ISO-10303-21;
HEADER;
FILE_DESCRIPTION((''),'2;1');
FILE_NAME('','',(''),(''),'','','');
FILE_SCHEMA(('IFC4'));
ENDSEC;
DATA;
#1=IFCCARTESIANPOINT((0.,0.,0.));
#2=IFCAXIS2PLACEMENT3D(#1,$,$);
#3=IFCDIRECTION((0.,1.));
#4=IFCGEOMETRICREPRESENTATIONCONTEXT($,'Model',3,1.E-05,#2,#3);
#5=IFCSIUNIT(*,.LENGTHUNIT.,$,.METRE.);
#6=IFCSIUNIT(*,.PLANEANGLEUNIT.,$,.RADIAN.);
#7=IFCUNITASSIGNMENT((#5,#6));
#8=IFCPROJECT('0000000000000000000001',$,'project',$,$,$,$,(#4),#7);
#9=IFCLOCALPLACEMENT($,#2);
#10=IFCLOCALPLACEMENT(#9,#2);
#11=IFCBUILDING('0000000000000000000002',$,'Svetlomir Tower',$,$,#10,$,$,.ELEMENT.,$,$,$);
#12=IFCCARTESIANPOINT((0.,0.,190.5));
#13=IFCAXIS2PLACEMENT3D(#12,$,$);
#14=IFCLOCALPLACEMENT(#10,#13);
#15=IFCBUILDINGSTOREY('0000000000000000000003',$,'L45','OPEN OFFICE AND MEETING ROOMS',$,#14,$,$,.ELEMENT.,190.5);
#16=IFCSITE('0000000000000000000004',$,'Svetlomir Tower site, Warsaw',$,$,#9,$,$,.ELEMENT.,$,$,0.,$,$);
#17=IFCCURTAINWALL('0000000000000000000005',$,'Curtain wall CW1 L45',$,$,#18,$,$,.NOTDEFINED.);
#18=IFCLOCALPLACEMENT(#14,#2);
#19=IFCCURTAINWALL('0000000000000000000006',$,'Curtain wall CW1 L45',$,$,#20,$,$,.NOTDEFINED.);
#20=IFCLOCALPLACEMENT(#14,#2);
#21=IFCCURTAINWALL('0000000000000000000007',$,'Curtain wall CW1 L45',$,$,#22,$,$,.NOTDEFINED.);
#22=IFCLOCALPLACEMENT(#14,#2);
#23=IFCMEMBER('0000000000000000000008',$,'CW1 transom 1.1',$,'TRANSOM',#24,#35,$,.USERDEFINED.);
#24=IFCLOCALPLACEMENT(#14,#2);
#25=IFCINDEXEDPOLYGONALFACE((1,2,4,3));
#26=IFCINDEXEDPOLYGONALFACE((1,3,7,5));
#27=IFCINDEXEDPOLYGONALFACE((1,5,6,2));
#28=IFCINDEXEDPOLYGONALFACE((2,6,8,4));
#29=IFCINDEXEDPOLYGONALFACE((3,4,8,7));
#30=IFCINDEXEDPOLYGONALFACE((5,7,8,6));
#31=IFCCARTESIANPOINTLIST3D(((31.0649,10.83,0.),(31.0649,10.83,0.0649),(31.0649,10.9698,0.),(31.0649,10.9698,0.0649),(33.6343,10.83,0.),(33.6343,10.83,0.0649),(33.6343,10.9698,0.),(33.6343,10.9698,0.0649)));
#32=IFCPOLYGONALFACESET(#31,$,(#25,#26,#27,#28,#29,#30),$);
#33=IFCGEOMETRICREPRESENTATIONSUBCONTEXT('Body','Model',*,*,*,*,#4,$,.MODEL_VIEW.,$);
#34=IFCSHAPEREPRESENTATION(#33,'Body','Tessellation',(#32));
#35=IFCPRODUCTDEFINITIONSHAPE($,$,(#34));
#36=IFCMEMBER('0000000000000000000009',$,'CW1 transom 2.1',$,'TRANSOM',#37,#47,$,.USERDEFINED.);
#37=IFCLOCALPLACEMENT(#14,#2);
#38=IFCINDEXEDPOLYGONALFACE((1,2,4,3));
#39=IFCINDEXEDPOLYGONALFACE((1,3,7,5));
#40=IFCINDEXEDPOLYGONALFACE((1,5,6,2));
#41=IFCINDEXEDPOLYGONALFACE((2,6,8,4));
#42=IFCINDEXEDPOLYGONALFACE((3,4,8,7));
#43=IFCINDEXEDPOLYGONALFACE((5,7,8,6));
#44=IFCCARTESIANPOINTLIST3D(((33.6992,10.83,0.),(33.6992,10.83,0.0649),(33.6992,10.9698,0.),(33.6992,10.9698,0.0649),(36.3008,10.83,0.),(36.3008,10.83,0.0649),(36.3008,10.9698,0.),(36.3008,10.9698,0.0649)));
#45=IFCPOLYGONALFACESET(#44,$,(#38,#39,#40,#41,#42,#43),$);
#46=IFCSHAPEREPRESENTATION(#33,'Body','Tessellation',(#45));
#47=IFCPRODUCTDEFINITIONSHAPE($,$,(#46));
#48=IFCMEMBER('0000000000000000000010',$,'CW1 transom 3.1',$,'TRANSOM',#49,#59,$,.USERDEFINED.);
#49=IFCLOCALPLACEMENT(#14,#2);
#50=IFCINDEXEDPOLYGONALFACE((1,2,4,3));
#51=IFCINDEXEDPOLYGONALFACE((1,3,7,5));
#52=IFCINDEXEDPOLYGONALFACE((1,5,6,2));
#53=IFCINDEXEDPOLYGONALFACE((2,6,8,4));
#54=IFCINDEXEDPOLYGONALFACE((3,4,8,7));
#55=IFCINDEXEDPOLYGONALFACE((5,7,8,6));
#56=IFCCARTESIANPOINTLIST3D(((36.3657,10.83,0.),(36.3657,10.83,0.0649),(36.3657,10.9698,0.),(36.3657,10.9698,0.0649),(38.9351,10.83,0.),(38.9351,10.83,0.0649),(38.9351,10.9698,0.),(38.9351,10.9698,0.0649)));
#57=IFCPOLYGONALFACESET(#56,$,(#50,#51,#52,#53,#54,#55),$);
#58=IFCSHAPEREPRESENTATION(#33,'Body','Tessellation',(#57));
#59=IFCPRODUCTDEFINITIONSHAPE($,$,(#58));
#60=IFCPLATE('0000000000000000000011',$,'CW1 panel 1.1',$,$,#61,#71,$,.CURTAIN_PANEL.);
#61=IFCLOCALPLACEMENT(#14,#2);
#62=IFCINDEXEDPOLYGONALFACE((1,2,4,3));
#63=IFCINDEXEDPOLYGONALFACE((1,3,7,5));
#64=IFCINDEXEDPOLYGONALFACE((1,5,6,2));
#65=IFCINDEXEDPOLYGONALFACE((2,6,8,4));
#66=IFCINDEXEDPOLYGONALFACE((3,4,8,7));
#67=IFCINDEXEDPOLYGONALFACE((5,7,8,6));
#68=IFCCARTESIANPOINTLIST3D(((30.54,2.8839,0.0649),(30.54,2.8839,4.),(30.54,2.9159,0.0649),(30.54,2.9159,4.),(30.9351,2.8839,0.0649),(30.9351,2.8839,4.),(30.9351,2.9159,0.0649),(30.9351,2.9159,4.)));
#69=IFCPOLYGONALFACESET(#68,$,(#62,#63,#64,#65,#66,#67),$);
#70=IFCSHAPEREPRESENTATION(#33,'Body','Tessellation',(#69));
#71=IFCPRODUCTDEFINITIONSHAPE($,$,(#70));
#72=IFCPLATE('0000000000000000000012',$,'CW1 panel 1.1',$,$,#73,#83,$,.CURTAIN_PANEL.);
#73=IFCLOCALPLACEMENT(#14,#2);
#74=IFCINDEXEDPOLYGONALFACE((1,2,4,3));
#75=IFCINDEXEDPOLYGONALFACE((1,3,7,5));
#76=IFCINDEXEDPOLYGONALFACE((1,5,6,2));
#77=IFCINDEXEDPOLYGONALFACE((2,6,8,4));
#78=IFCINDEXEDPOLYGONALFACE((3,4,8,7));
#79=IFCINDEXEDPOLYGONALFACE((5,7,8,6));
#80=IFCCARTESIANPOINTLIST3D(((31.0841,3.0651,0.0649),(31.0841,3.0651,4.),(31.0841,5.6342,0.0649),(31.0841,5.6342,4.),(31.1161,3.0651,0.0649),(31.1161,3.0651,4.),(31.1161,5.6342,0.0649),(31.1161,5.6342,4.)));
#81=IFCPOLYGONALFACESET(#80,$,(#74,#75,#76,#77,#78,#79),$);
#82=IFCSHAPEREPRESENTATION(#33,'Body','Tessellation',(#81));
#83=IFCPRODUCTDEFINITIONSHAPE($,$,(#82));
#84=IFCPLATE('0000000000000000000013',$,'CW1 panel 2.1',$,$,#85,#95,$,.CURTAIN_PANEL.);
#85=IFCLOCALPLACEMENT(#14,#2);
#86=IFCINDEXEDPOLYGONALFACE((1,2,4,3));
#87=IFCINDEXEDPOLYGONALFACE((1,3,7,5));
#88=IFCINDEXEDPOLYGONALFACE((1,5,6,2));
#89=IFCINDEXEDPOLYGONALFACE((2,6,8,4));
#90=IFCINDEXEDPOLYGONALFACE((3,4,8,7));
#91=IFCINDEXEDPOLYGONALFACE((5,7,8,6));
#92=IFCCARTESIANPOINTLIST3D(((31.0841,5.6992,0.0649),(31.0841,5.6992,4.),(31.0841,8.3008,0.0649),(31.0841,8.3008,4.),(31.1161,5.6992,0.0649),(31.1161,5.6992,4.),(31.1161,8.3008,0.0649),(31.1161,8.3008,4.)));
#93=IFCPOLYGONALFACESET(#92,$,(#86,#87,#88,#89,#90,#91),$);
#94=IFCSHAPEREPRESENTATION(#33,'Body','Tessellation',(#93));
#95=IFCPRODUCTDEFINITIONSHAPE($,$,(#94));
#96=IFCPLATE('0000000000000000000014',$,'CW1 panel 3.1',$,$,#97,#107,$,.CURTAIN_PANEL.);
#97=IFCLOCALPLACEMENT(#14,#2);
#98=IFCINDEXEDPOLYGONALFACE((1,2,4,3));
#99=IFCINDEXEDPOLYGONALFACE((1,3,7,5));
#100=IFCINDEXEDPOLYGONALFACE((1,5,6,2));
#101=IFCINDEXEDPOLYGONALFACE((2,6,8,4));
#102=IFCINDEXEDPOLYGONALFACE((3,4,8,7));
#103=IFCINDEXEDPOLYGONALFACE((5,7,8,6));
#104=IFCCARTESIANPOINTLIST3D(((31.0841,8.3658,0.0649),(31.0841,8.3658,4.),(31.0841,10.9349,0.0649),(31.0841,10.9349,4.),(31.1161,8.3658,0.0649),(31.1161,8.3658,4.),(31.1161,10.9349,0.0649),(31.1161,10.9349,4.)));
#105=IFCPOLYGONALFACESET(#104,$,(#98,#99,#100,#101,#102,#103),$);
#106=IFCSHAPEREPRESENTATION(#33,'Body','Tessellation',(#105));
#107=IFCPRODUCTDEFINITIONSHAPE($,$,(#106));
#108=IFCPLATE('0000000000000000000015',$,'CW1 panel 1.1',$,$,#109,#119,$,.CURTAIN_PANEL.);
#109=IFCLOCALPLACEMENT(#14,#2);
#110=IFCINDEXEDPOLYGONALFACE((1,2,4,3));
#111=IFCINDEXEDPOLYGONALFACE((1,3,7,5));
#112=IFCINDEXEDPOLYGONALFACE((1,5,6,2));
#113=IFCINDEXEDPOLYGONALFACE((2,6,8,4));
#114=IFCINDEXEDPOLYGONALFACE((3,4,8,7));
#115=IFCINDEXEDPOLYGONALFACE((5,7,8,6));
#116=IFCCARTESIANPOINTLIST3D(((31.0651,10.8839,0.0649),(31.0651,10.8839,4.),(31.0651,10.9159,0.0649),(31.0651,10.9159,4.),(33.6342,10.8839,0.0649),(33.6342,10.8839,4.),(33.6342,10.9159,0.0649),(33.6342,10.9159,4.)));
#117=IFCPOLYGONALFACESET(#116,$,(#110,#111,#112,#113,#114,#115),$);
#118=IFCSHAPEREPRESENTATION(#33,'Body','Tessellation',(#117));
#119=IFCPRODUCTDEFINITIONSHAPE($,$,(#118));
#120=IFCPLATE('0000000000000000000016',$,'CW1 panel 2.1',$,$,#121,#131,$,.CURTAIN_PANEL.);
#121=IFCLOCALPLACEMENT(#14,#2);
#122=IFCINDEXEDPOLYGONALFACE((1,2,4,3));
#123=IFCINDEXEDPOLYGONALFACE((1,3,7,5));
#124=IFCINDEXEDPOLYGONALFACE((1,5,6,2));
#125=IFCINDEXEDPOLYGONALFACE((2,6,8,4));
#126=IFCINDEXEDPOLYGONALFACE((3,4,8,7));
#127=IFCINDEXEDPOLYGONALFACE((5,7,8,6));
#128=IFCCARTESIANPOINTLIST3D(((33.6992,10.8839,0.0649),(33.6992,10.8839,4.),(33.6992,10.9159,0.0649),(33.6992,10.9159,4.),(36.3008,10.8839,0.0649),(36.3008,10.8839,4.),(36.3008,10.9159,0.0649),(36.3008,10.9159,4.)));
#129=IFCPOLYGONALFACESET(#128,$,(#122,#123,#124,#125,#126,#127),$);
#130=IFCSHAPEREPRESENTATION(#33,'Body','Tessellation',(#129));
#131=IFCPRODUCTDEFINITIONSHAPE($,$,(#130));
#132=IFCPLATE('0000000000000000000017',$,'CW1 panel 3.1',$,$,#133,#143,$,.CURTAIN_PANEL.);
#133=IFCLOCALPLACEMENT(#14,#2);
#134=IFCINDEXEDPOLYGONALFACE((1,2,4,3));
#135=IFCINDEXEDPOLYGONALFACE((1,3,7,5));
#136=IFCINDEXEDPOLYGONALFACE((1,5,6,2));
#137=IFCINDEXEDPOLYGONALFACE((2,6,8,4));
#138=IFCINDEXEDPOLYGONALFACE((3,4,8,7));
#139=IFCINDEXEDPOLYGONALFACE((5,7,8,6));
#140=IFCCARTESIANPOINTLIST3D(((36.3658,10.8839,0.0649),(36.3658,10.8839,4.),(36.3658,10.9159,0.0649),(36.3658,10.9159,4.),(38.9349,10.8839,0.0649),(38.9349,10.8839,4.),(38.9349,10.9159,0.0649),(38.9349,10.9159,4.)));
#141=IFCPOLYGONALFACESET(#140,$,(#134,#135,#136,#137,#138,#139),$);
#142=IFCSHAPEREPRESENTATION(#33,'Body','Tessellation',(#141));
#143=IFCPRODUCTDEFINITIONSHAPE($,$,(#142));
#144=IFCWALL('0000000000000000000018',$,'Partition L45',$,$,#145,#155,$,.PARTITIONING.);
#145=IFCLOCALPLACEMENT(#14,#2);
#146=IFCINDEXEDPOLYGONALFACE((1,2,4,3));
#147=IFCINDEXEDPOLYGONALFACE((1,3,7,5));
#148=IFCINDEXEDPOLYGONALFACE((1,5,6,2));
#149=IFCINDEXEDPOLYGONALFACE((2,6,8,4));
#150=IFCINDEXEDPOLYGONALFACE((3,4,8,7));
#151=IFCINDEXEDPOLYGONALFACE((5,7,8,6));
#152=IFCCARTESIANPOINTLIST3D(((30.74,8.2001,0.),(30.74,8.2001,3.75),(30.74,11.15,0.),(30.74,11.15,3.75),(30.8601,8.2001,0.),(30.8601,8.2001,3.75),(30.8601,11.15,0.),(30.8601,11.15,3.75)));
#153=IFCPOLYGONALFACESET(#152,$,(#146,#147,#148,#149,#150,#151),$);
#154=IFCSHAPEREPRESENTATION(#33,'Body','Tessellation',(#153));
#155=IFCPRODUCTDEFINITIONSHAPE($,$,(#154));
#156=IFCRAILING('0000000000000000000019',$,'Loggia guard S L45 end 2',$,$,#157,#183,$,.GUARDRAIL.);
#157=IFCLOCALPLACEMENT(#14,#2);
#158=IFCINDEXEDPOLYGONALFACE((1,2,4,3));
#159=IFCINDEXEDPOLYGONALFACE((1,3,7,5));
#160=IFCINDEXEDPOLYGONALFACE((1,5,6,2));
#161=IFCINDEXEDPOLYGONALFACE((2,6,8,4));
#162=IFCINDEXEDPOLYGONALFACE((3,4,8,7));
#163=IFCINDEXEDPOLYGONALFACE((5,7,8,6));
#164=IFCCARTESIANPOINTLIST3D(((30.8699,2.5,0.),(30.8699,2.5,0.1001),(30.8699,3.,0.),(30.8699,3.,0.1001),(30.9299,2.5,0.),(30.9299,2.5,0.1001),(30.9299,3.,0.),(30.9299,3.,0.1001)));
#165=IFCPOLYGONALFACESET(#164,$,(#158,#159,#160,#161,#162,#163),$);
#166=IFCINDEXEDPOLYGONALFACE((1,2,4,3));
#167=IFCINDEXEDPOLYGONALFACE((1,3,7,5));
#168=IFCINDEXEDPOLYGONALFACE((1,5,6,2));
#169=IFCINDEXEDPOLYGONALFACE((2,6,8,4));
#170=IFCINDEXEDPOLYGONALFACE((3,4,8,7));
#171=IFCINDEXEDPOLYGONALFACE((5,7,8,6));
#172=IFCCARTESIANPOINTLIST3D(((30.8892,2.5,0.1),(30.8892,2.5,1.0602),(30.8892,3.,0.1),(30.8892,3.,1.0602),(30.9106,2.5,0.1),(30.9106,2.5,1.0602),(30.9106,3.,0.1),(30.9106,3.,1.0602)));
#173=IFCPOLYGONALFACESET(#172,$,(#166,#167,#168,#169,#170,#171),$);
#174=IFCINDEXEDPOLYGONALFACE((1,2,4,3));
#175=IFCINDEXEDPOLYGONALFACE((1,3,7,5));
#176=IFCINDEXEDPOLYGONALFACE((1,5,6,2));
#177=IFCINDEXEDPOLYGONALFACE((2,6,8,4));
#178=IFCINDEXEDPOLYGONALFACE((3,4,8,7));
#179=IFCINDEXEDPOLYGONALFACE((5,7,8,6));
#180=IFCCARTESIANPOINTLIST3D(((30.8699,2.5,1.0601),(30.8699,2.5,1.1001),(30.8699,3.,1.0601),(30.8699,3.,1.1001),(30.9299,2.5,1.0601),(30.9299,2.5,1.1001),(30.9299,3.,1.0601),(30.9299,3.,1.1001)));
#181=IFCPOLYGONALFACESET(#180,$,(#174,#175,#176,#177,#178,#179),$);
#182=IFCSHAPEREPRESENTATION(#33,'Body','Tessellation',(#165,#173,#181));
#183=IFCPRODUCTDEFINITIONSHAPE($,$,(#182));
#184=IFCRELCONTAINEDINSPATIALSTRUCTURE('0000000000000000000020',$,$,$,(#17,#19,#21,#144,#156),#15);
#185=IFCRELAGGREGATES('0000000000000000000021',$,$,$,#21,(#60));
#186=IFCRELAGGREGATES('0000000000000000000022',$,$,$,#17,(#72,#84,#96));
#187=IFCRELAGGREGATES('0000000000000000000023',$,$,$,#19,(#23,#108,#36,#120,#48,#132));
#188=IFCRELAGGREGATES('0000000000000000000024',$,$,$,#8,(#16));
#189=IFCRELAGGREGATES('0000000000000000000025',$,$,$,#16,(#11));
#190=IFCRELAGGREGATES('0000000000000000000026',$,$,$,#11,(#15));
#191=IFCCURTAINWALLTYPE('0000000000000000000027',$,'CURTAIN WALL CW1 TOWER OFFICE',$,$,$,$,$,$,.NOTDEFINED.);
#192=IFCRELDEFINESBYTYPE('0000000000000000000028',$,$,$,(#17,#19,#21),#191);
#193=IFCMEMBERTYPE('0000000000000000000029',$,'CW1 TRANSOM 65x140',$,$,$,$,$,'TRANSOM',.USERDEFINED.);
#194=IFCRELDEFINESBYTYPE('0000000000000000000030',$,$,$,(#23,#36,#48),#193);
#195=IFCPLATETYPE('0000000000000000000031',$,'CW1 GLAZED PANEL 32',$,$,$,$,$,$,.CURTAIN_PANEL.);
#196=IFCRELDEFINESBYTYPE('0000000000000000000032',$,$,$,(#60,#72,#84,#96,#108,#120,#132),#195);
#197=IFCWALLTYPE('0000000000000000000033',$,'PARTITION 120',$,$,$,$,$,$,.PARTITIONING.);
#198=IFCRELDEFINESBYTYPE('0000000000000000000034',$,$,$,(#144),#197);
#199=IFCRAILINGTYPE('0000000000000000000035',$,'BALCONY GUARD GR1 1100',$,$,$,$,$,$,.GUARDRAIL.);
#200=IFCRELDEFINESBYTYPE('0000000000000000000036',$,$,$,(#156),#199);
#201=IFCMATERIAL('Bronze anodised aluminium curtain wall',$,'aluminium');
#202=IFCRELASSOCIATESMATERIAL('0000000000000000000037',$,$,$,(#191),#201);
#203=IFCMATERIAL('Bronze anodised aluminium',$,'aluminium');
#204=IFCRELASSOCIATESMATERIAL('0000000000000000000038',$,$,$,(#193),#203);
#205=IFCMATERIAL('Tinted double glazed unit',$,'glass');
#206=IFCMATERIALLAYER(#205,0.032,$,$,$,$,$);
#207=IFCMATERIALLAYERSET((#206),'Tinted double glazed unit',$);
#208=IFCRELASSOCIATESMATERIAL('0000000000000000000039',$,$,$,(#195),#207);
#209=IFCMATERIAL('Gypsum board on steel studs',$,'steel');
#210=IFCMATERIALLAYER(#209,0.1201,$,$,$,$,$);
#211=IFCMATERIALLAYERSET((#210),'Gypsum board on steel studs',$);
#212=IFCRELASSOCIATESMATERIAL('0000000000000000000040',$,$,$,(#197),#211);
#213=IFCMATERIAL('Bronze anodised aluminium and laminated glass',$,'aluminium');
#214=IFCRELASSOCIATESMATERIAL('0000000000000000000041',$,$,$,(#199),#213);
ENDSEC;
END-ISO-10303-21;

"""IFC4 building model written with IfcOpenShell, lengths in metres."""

from ifc_helpers import new_model, si_unit, direction, frame, frame_2d, origin, origin_2d, place, context, subcontext, project, spatial, rectangle, extrude, material, layer, layer_set, material_profile, profile_set, type_object, element, aggregate, save


model = new_model("IFC4")

# Units and contexts
model_context = context("Model", 3, precision=1e-05, world=origin(), true_north=direction((0.0, 1.0)))
body_context = subcontext(model_context, "Body", "Model", "MODEL_VIEW")
ifc_project = project(units=[si_unit("LENGTHUNIT", "METRE"), si_unit("PLANEANGLEUNIT", "RADIAN")], contexts=[model_context])

# Site, building, storey
site_placement = place(None, origin())
site = spatial("IfcSite", under=ifc_project, at=site_placement, Name="Svetlomir Tower site, Warsaw", CompositionType="ELEMENT", RefElevation=0.0)
building_placement = place(site_placement, origin())
building = spatial("IfcBuilding", under=site, at=building_placement, Name="Svetlomir Tower", CompositionType="ELEMENT")
storey_placement = place(building_placement, frame((0.0, 0.0, 190.5)))
storey = spatial("IfcBuildingStorey", under=building, at=storey_placement, Name="L45", Description="OPEN OFFICE AND MEETING ROOMS", CompositionType="ELEMENT", Elevation=190.5)

# Curtain walls
ifc_material_1 = material(Name="Bronze anodised aluminium curtain wall", Category="aluminium")
curtain_wall_type = type_object("IfcCurtainWallType", Name="CURTAIN WALL CW1 TOWER OFFICE", PredefinedType="NOTDEFINED", material=ifc_material_1)
curtain_wall_1_placement = place(storey_placement, origin())
curtain_wall_1 = element("IfcCurtainWall", 1, at=curtain_wall_1_placement, inside=storey, type_object=curtain_wall_type, Name="Curtain wall CW1 L45", PredefinedType="NOTDEFINED")
curtain_wall_2_placement = place(storey_placement, origin())
curtain_wall_2 = element("IfcCurtainWall", 2, at=curtain_wall_2_placement, inside=storey, type_object=curtain_wall_type, Name="Curtain wall CW1 L45", PredefinedType="NOTDEFINED")

# Curtain wall
curtain_wall_3_placement = place(storey_placement, origin())
curtain_wall_3 = element("IfcCurtainWall", 3, at=curtain_wall_3_placement, inside=storey, type_object=curtain_wall_type, Name="Curtain wall CW1 L45", PredefinedType="NOTDEFINED")

# Members
ifc_material_2 = material(Name="Bronze anodised aluminium", Category="aluminium")
ifc_material_profile_1 = material_profile(ifc_material_2, rectangle(XDim=0.1399, YDim=0.0649, at=origin_2d()), Name="AL 140x65")
ifc_profile_set_1 = profile_set([ifc_material_profile_1], Name="Bronze anodised aluminium 6063-T6")
member_type_1 = type_object("IfcMemberType", Name="CW1 TRANSOM 65x140", ElementType="TRANSOM", PredefinedType="USERDEFINED", material=ifc_profile_set_1)
member_1_placement = place(storey_placement, frame((31.0649, 10.8999, 0.0325), z_axis=(1.0, 0.0, 0.0), x_axis=(0.0, 1.0, 0.0)))
member_1 = element("IfcMember", 4, at=member_1_placement, type_object=member_type_1, Name="CW1 transom 1.1", ObjectType="TRANSOM", PredefinedType="USERDEFINED", context=body_context, shape_type="SweptSolid", body=[
    extrude(rectangle(XDim=0.1399, YDim=0.0649, at=origin_2d()), origin(), (0.0, 0.0, 1.0), 2.5693),
])
member_2_placement = place(storey_placement, frame((33.6992, 10.8999, 0.0325), z_axis=(1.0, 0.0, 0.0), x_axis=(0.0, 1.0, 0.0)))
member_2 = element("IfcMember", 5, at=member_2_placement, type_object=member_type_1, Name="CW1 transom 2.1", ObjectType="TRANSOM", PredefinedType="USERDEFINED", context=body_context, shape_type="SweptSolid", body=[
    extrude(rectangle(XDim=0.1399, YDim=0.0649, at=origin_2d()), origin(), (0.0, 0.0, 1.0), 2.6016),
])
member_3_placement = place(storey_placement, frame((36.3657, 10.8999, 0.0325), z_axis=(1.0, 0.0, 0.0), x_axis=(0.0, 1.0, 0.0)))
member_3 = element("IfcMember", 6, at=member_3_placement, type_object=member_type_1, Name="CW1 transom 3.1", ObjectType="TRANSOM", PredefinedType="USERDEFINED", context=body_context, shape_type="SweptSolid", body=[
    extrude(rectangle(XDim=0.1399, YDim=0.0649, at=origin_2d()), origin(), (0.0, 0.0, 1.0), 2.5693),
])

# Plates
ifc_material_3 = material(Name="Tinted double glazed unit", Category="glass")
ifc_layer_1 = layer(ifc_material_3, 0.032)
ifc_layer_set_1 = layer_set([ifc_layer_1], Name="Tinted double glazed unit")
plate_type = type_object("IfcPlateType", Name="CW1 GLAZED PANEL 32", PredefinedType="CURTAIN_PANEL", material=ifc_layer_set_1)
plate_1_placement = place(storey_placement, frame((30.7375, 2.8999, 0.0649), z_axis=(0.0, 0.0, 1.0), x_axis=(1.0, 0.0, 0.0)))
plate_1 = element("IfcPlate", 7, at=plate_1_placement, type_object=plate_type, Name="CW1 panel 1.1", PredefinedType="CURTAIN_PANEL", context=body_context, shape_type="SweptSolid", body=[
    extrude(rectangle(XDim=0.395, YDim=0.032, at=origin_2d()), origin(), (0.0, 0.0, 1.0), 3.9351),
])
aggregate(curtain_wall_3, [plate_1])
plate_2_placement = place(storey_placement, frame((31.1001, 4.3496, 0.0649), z_axis=(0.0, 0.0, 1.0), x_axis=(0.0, 1.0, 0.0)))
plate_2 = element("IfcPlate", 8, at=plate_2_placement, type_object=plate_type, Name="CW1 panel 1.1", PredefinedType="CURTAIN_PANEL", context=body_context, shape_type="SweptSolid", body=[
    extrude(rectangle(XDim=2.5691, YDim=0.032, at=origin_2d()), origin(), (0.0, 0.0, 1.0), 3.9351),
])
plate_3_placement = place(storey_placement, frame((31.1001, 7.0, 0.0649), z_axis=(0.0, 0.0, 1.0), x_axis=(0.0, 1.0, 0.0)))
plate_3 = element("IfcPlate", 9, at=plate_3_placement, type_object=plate_type, Name="CW1 panel 2.1", PredefinedType="CURTAIN_PANEL", context=body_context, shape_type="SweptSolid", body=[
    extrude(rectangle(XDim=2.6016, YDim=0.032, at=origin_2d()), origin(), (0.0, 0.0, 1.0), 3.9351),
])
plate_4_placement = place(storey_placement, frame((31.1001, 9.6504, 0.0649), z_axis=(0.0, 0.0, 1.0), x_axis=(0.0, 1.0, 0.0)))
plate_4 = element("IfcPlate", 10, at=plate_4_placement, type_object=plate_type, Name="CW1 panel 3.1", PredefinedType="CURTAIN_PANEL", context=body_context, shape_type="SweptSolid", body=[
    extrude(rectangle(XDim=2.5691, YDim=0.032, at=origin_2d()), origin(), (0.0, 0.0, 1.0), 3.9351),
])
aggregate(curtain_wall_1, [plate_2, plate_3, plate_4])
plate_5_placement = place(storey_placement, frame((32.3496, 10.8999, 0.0649), z_axis=(0.0, 0.0, 1.0), x_axis=(1.0, 0.0, 0.0)))
plate_5 = element("IfcPlate", 11, at=plate_5_placement, type_object=plate_type, Name="CW1 panel 1.1", PredefinedType="CURTAIN_PANEL", context=body_context, shape_type="SweptSolid", body=[
    extrude(rectangle(XDim=2.5691, YDim=0.032, at=origin_2d()), origin(), (0.0, 0.0, 1.0), 3.9351),
])
plate_6_placement = place(storey_placement, frame((35.0, 10.8999, 0.0649), z_axis=(0.0, 0.0, 1.0), x_axis=(1.0, 0.0, 0.0)))
plate_6 = element("IfcPlate", 12, at=plate_6_placement, type_object=plate_type, Name="CW1 panel 2.1", PredefinedType="CURTAIN_PANEL", context=body_context, shape_type="SweptSolid", body=[
    extrude(rectangle(XDim=2.6016, YDim=0.032, at=origin_2d()), origin(), (0.0, 0.0, 1.0), 3.9351),
])
plate_7_placement = place(storey_placement, frame((37.6504, 10.8999, 0.0649), z_axis=(0.0, 0.0, 1.0), x_axis=(1.0, 0.0, 0.0)))
plate_7 = element("IfcPlate", 13, at=plate_7_placement, type_object=plate_type, Name="CW1 panel 3.1", PredefinedType="CURTAIN_PANEL", context=body_context, shape_type="SweptSolid", body=[
    extrude(rectangle(XDim=2.5691, YDim=0.032, at=origin_2d()), origin(), (0.0, 0.0, 1.0), 3.9351),
])
aggregate(curtain_wall_2, [member_1, plate_5, member_2, plate_6, member_3, plate_7])

# Wall
ifc_material_4 = material(Name="Gypsum board on steel studs", Category="steel")
ifc_layer_2 = layer(ifc_material_4, 0.1201)
ifc_layer_set_2 = layer_set([ifc_layer_2], Name="Gypsum board on steel studs")
wall_type = type_object("IfcWallType", Name="PARTITION 120", PredefinedType="PARTITIONING", material=ifc_layer_set_2)
wall_placement = place(storey_placement, frame((30.8, 8.2, 0.0), z_axis=(0.0, 0.0, 1.0), x_axis=(0.0, 1.0, 0.0)))
element("IfcWall", 14, at=wall_placement, inside=storey, type_object=wall_type, Name="Partition L45", PredefinedType="PARTITIONING", context=body_context, shape_type="SweptSolid", body=[
    extrude(rectangle(XDim=2.95, YDim=0.1201, at=frame_2d((1.4751, 0.0))), origin(), (0.0, 0.0, 1.0), 3.75),
])

# Railing
ifc_material_5 = material(Name="Bronze anodised aluminium and laminated glass", Category="aluminium")
railing_type = type_object("IfcRailingType", Name="BALCONY GUARD GR1 1100", PredefinedType="GUARDRAIL", material=ifc_material_5)
railing_placement = place(storey_placement, frame((30.8999, 2.5, 0.0)))
element("IfcRailing", 15, at=railing_placement, inside=storey, type_object=railing_type, Name="Loggia guard S L45 end 2", PredefinedType="GUARDRAIL", context=body_context, shape_type="SweptSolid", body=[
    extrude(rectangle(XDim=0.0601, YDim=0.1001, at=origin_2d()), frame((0.0, 0.0, 0.05), z_axis=(0.0, 1.0, 0.0), x_axis=(-1.0, 0.0, 0.0)), (0.0, 0.0, 1.0), 0.5),
    extrude(rectangle(XDim=0.0215, YDim=0.9602, at=origin_2d()), frame((0.0, 0.0, 0.5801), z_axis=(0.0, 1.0, 0.0), x_axis=(-1.0, 0.0, 0.0)), (0.0, 0.0, 1.0), 0.5),
    extrude(rectangle(XDim=0.0601, YDim=0.04, at=origin_2d()), frame((0.0, 0.0, 1.0801), z_axis=(0.0, 1.0, 0.0), x_axis=(-1.0, 0.0, 0.0)), (0.0, 0.0, 1.0), 0.5),
])

save(model, "model.ifc")
